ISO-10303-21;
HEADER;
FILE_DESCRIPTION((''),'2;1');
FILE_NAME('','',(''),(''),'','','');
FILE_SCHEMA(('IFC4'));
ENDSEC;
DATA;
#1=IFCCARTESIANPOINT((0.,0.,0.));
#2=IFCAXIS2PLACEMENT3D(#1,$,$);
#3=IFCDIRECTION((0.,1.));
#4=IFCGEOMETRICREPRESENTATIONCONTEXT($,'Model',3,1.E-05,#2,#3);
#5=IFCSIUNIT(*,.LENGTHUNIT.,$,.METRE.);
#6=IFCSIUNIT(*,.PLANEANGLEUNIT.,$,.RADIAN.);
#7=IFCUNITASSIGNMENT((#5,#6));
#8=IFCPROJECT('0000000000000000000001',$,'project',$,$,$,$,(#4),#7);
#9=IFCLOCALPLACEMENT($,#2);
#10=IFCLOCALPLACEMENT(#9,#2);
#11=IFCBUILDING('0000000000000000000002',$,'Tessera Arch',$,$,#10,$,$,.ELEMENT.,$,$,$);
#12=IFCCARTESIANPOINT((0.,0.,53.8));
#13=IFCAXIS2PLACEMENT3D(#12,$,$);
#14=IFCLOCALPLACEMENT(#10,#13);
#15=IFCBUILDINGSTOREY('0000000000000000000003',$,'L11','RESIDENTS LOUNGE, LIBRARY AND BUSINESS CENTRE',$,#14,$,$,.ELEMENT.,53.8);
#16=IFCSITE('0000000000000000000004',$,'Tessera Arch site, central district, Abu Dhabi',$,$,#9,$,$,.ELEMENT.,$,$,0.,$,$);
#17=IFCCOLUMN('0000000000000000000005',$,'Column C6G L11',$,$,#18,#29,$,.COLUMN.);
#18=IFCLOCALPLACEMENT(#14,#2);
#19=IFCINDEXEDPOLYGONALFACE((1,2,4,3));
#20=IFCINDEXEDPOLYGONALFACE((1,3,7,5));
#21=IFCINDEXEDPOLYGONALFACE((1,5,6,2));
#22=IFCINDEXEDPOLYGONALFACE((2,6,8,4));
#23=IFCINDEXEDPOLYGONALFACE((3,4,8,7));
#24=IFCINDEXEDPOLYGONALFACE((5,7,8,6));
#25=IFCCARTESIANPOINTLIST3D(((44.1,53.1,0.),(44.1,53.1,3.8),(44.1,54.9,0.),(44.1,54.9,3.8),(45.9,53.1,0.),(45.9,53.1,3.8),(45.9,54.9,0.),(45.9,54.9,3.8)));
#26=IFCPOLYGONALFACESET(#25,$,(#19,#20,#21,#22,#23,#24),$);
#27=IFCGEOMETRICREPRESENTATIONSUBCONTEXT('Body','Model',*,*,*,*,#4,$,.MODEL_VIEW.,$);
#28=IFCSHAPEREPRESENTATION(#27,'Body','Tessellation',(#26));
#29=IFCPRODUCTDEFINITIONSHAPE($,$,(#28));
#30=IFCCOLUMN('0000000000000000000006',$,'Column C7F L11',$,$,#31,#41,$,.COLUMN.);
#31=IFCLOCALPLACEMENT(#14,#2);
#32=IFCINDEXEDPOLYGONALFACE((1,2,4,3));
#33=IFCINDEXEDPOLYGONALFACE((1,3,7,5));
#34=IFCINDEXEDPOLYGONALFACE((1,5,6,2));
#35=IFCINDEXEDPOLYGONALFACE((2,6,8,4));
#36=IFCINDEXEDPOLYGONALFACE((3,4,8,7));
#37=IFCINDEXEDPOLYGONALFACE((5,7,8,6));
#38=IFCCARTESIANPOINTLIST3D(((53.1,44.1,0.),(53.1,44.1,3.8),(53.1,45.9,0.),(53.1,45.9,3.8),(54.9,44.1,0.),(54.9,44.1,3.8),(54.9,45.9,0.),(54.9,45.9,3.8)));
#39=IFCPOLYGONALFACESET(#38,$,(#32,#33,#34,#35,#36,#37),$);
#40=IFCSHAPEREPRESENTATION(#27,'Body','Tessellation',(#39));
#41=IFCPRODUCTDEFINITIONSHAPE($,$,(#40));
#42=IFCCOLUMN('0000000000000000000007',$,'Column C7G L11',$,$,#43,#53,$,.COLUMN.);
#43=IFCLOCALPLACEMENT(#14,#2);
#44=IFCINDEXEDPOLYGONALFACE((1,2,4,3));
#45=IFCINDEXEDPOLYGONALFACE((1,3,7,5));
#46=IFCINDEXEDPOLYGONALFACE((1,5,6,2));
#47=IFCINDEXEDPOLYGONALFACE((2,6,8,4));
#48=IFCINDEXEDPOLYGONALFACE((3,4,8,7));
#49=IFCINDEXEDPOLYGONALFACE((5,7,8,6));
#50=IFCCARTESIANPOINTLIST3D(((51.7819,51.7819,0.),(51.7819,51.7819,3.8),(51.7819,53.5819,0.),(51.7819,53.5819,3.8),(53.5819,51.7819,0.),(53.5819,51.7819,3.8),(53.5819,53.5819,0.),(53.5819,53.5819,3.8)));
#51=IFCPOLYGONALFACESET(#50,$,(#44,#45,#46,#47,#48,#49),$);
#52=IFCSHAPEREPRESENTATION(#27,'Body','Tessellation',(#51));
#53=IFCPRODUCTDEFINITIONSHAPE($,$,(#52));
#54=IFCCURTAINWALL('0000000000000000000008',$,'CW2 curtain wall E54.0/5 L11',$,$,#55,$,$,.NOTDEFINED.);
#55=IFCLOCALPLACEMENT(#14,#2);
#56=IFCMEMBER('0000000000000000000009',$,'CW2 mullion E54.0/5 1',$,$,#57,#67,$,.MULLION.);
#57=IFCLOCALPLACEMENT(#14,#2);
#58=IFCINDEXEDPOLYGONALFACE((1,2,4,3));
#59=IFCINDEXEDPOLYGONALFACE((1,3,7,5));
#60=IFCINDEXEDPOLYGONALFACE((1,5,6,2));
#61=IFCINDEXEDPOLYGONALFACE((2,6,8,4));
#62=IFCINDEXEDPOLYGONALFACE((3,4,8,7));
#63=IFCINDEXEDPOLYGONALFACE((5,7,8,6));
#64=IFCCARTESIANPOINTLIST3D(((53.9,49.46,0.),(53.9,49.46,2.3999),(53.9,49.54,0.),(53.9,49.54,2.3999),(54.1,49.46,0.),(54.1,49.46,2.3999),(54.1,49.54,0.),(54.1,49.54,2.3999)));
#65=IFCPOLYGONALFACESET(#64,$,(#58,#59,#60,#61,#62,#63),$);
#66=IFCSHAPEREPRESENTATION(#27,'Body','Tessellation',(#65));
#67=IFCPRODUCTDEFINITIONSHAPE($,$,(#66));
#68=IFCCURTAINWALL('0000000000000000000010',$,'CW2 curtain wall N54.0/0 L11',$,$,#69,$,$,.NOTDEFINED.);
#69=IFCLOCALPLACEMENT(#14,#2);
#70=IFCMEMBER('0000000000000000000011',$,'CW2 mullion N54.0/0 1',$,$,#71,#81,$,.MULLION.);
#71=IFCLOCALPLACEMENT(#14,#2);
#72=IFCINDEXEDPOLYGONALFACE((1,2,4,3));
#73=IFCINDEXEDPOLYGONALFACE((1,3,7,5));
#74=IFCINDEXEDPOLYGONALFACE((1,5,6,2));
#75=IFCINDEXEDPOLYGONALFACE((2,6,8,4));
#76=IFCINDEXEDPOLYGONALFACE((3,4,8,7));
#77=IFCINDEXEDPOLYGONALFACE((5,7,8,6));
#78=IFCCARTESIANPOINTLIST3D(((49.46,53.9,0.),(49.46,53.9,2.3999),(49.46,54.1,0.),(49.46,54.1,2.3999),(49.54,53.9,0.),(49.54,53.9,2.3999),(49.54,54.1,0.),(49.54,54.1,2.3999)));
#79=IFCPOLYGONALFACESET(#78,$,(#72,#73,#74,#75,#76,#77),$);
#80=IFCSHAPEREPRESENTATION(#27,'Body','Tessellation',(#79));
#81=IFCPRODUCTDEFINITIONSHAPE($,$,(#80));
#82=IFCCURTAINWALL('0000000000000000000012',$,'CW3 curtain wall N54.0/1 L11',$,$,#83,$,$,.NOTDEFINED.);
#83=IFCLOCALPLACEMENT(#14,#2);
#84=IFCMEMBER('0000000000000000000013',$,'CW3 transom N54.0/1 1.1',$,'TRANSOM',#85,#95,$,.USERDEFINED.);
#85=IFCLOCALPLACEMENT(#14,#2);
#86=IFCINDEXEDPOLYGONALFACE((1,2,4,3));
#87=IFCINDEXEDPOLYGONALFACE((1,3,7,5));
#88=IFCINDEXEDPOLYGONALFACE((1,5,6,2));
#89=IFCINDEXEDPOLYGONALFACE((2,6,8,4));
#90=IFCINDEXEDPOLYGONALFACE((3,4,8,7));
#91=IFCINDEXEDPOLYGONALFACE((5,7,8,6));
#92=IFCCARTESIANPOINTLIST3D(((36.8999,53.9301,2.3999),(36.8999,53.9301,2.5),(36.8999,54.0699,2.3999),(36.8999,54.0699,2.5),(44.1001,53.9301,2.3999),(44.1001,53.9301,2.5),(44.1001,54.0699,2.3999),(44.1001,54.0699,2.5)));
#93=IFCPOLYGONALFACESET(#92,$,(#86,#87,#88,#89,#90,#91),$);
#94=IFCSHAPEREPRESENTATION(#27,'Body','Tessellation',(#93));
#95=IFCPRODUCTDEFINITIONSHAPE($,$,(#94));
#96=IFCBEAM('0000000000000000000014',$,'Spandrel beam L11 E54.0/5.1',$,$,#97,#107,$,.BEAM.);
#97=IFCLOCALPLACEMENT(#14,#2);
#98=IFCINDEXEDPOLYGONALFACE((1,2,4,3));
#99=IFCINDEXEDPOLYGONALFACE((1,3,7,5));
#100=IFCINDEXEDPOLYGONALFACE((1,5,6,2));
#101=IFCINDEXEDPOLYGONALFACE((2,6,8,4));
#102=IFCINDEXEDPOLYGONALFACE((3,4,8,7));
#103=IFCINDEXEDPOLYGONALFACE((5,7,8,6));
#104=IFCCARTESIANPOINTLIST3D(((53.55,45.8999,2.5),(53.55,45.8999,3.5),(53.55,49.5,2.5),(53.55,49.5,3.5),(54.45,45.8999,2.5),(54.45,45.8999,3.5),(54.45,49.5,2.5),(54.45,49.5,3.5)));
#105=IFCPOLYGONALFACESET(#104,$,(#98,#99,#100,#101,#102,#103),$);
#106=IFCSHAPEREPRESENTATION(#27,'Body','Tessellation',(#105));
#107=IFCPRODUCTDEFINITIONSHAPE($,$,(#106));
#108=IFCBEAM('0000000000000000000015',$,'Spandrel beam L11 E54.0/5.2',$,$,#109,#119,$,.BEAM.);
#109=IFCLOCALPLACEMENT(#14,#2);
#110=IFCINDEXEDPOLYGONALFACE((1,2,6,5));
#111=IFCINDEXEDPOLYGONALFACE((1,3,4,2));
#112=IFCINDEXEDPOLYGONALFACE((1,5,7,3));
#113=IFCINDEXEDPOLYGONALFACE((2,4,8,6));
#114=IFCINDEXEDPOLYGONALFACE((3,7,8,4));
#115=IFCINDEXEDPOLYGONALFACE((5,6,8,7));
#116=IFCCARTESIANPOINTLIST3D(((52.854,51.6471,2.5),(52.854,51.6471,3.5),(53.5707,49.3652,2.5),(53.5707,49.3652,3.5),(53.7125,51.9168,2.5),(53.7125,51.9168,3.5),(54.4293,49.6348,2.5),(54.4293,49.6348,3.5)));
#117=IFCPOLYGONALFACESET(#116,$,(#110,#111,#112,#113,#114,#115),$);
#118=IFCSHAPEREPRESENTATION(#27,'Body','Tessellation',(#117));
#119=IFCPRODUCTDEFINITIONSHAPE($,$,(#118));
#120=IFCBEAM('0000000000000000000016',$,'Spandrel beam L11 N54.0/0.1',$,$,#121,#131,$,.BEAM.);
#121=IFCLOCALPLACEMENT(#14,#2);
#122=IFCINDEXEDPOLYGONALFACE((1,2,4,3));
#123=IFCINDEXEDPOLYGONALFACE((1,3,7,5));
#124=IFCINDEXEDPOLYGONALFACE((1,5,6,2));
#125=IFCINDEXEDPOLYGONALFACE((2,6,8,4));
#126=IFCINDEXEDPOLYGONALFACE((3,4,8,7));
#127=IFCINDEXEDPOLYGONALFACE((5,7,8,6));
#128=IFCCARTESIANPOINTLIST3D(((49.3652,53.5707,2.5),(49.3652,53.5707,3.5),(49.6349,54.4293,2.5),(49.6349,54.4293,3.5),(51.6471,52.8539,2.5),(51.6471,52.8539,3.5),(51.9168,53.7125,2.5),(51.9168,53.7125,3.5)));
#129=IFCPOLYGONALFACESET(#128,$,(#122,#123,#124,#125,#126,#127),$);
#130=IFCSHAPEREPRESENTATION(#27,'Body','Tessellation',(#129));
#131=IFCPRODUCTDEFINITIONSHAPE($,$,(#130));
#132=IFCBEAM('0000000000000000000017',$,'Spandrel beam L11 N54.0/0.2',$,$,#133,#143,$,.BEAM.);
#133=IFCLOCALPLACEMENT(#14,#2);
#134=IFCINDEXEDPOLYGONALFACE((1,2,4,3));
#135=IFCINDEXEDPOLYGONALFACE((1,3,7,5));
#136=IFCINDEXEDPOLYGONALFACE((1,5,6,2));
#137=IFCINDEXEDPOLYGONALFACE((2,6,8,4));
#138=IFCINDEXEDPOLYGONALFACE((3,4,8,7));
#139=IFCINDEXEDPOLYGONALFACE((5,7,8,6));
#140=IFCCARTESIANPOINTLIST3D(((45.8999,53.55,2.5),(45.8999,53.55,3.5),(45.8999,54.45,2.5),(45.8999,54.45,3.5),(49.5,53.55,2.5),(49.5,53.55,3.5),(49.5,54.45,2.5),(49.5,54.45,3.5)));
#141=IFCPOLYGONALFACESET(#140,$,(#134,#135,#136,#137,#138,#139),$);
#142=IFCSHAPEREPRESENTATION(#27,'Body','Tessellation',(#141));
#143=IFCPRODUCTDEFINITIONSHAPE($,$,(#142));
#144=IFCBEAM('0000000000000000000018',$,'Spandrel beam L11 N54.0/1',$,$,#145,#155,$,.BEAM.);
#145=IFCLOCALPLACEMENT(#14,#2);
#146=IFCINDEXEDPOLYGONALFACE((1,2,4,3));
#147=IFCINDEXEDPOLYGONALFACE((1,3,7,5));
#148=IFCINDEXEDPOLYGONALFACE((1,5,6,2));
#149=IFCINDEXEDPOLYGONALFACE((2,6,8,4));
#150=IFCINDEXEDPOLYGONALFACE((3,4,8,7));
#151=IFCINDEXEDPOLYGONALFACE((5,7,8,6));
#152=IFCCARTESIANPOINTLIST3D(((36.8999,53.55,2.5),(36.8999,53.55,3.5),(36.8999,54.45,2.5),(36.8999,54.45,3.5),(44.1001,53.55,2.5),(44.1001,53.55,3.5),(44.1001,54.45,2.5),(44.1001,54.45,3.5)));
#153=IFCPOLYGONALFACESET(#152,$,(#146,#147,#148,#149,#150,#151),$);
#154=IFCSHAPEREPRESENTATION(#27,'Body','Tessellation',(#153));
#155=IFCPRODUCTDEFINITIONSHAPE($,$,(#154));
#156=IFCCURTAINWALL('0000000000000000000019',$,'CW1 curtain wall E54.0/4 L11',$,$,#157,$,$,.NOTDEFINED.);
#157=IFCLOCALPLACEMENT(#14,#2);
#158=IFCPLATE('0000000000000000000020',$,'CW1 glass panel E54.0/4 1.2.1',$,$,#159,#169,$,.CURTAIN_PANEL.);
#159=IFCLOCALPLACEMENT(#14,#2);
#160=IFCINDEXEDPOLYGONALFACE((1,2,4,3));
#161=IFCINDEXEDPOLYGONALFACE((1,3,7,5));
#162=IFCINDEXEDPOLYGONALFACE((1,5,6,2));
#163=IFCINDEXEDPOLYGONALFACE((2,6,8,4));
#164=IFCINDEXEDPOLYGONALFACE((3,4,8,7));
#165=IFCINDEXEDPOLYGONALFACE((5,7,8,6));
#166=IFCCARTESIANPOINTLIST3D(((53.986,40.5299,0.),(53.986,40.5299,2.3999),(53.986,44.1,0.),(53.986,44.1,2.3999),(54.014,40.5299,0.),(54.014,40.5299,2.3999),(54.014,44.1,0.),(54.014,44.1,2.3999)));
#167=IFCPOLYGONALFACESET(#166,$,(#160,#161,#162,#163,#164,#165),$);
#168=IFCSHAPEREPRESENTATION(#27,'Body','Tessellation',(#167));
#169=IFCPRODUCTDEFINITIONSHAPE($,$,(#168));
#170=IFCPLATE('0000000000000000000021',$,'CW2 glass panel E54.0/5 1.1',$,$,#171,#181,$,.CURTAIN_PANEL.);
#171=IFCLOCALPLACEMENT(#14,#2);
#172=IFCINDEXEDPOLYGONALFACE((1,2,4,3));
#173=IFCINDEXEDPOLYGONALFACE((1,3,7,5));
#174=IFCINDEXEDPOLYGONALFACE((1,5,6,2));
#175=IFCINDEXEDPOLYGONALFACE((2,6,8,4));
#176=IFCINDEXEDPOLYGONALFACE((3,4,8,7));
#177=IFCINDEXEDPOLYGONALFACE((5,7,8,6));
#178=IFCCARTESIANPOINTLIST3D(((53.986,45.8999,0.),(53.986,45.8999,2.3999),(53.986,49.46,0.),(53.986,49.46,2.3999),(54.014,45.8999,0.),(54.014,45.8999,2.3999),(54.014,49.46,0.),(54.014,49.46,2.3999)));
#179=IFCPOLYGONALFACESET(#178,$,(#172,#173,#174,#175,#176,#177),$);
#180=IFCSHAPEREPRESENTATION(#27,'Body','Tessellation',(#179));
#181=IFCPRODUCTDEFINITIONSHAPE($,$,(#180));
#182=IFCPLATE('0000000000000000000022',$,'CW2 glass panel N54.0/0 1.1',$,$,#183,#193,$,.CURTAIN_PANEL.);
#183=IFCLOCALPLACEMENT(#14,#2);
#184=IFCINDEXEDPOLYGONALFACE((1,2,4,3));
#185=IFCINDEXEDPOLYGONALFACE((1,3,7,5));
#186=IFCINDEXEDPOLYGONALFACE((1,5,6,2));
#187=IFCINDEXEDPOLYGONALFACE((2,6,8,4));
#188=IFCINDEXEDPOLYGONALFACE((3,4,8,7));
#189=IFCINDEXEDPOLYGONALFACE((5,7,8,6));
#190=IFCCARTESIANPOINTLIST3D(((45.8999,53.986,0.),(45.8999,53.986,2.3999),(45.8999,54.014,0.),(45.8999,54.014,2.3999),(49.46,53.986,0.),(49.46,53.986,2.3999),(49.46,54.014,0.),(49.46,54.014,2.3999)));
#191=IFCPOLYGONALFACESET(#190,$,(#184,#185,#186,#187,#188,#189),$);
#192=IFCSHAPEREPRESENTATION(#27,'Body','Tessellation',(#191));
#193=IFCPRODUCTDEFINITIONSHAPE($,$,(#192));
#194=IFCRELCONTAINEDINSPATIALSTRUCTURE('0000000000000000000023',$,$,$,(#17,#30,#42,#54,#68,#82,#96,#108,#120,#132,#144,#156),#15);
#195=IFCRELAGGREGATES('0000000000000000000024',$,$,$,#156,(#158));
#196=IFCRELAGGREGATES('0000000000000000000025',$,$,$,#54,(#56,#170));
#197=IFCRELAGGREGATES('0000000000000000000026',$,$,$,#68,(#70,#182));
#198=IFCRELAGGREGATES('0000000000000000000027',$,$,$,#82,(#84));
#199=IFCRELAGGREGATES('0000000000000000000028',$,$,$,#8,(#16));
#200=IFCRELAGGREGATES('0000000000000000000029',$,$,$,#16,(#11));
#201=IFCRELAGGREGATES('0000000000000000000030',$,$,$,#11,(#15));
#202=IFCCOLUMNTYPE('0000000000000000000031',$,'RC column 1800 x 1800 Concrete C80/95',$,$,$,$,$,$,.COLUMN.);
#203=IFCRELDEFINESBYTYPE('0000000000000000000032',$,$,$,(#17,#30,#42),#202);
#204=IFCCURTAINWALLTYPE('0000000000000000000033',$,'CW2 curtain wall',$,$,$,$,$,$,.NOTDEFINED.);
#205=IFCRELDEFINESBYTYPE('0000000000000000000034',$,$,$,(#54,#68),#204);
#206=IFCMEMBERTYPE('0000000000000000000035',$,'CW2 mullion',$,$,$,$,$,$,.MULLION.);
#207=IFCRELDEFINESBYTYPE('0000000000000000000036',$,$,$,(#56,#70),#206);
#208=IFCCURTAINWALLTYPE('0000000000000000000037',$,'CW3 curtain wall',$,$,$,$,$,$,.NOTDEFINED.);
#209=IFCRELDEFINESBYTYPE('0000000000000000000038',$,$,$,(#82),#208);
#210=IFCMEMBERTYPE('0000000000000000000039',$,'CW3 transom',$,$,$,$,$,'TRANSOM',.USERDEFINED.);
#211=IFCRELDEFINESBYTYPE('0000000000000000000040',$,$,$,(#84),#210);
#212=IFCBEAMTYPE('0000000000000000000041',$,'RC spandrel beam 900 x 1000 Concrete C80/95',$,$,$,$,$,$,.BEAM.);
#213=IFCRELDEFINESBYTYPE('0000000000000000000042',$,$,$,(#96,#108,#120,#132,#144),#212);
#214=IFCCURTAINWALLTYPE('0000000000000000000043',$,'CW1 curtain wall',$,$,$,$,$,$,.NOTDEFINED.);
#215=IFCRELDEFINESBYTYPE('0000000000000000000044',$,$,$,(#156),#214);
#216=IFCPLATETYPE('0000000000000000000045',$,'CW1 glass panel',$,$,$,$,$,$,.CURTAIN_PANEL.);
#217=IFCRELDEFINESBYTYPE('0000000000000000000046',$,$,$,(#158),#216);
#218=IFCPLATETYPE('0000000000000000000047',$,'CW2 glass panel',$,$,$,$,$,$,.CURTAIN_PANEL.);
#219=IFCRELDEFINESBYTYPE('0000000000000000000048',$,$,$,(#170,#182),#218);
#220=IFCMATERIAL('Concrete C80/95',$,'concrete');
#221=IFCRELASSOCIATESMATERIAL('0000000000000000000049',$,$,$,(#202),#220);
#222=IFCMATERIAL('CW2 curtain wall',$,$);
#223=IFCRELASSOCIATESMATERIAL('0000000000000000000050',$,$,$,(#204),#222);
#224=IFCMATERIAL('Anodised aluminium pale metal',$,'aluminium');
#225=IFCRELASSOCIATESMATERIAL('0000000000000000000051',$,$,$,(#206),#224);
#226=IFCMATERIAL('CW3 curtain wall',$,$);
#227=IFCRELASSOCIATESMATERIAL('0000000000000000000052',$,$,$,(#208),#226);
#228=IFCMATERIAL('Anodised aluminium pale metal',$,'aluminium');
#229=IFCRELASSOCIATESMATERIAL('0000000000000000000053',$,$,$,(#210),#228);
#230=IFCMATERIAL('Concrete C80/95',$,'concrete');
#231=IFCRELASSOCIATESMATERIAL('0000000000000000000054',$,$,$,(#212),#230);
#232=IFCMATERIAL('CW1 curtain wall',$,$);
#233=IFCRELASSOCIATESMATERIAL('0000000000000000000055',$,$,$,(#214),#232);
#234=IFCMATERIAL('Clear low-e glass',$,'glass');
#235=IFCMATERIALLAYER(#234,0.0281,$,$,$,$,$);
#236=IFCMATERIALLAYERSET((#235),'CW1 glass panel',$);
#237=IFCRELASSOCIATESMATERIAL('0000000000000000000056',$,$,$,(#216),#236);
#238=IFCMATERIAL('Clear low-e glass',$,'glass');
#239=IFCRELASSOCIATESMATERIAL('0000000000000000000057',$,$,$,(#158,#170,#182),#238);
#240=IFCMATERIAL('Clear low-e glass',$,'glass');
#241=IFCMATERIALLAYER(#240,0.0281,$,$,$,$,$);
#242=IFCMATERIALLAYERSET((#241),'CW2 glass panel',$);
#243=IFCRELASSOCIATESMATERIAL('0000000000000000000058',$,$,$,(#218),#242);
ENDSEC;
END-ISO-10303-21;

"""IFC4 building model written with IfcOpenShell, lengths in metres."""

from ifc_helpers import new_model, si_unit, direction, frame, origin, origin_2d, place, context, subcontext, project, spatial, rectangle, extrude, material, layer, layer_set, material_profile, profile_set, type_object, element, aggregate, save


model = new_model("IFC4")

# Units and contexts
model_context = context("Model", 3, precision=1e-05, world=origin(), true_north=direction((0.0, 1.0)))
body_context = subcontext(model_context, "Body", "Model", "MODEL_VIEW")
ifc_project = project(units=[si_unit("LENGTHUNIT", "METRE"), si_unit("PLANEANGLEUNIT", "RADIAN")], contexts=[model_context])

# Site, building, storey
site_placement = place(None, origin())
site = spatial("IfcSite", under=ifc_project, at=site_placement, Name="Tessera Arch site, central district, Abu Dhabi", CompositionType="ELEMENT", RefElevation=0.0)
building_placement = place(site_placement, origin())
building = spatial("IfcBuilding", under=site, at=building_placement, Name="Tessera Arch", CompositionType="ELEMENT")
storey_placement = place(building_placement, frame((0.0, 0.0, 53.8)))
storey = spatial("IfcBuildingStorey", under=building, at=storey_placement, Name="L11", Description="RESIDENTS LOUNGE, LIBRARY AND BUSINESS CENTRE", CompositionType="ELEMENT", Elevation=53.8)

# Columns
ifc_material_1 = material(Name="Concrete C80/95", Category="concrete")
ifc_material_profile_1 = material_profile(ifc_material_1, rectangle(XDim=1.8, YDim=1.8, at=origin_2d()), Name="RC column 1800 x 1800 Concrete C80/95")
ifc_profile_set_1 = profile_set([ifc_material_profile_1], Name="Concrete C80/95")
column_type = type_object("IfcColumnType", Name="RC column 1800 x 1800 Concrete C80/95", PredefinedType="COLUMN", material=ifc_profile_set_1)
for number, where, z_axis, x_axis, name in (
    (1, (45.0, 54.0, 0.0), (0.0, 0.0, 1.0), (1.0, 0.0, 0.0), "Column C6G L11"),
    (2, (54.0, 45.0, 0.0), (0.0, 0.0, 1.0), (1.0, 0.0, 0.0), "Column C7F L11"),
    (3, (52.6819, 52.6819, 0.0), (0.0, 0.0, 1.0), (1.0, 0.0, 0.0), "Column C7G L11"),
):
    element("IfcColumn", number, at=place(storey_placement, frame(where, z_axis=z_axis, x_axis=x_axis)), inside=storey, type_object=column_type, Name=name, PredefinedType="COLUMN", context=body_context, shape_type="SweptSolid", body=[
        extrude(rectangle(XDim=1.8, YDim=1.8, at=origin_2d()), origin(), (0.0, 0.0, 1.0), 3.8),
    ])

# Curtain walls, members
ifc_material_2 = material(Name="CW2 curtain wall")
curtain_wall_type_1 = type_object("IfcCurtainWallType", Name="CW2 curtain wall", PredefinedType="NOTDEFINED", material=ifc_material_2)
curtain_wall_1_placement = place(storey_placement, origin())
curtain_wall_1 = element("IfcCurtainWall", 4, at=curtain_wall_1_placement, inside=storey, type_object=curtain_wall_type_1, Name="CW2 curtain wall E54.0/5 L11", PredefinedType="NOTDEFINED")
ifc_material_3 = material(Name="Anodised aluminium pale metal", Category="aluminium")
ifc_material_profile_2 = material_profile(ifc_material_3, rectangle(XDim=0.2, YDim=0.0801, at=origin_2d()), Name="AL 80x200")
ifc_profile_set_2 = profile_set([ifc_material_profile_2], Name="Anodised aluminium pale metal")
member_type_1 = type_object("IfcMemberType", Name="CW2 mullion", PredefinedType="MULLION", material=ifc_profile_set_2)
member_1_placement = place(storey_placement, frame((54.0, 49.5, 0.0), z_axis=(0.0, 0.0, 1.0), x_axis=(-1.0, 0.0, 0.0)))
member_1 = element("IfcMember", 5, at=member_1_placement, type_object=member_type_1, Name="CW2 mullion E54.0/5 1", PredefinedType="MULLION", context=body_context, shape_type="SweptSolid", body=[
    extrude(rectangle(XDim=0.2, YDim=0.0801, at=origin_2d()), origin(), (0.0, 0.0, 1.0), 2.3999),
])
curtain_wall_2_placement = place(storey_placement, origin())
curtain_wall_2 = element("IfcCurtainWall", 6, at=curtain_wall_2_placement, inside=storey, type_object=curtain_wall_type_1, Name="CW2 curtain wall N54.0/0 L11", PredefinedType="NOTDEFINED")
member_2_placement = place(storey_placement, frame((49.5, 54.0, 0.0), z_axis=(0.0, 0.0, 1.0), x_axis=(0.0, -1.0, 0.0)))
member_2 = element("IfcMember", 7, at=member_2_placement, type_object=member_type_1, Name="CW2 mullion N54.0/0 1", PredefinedType="MULLION", context=body_context, shape_type="SweptSolid", body=[
    extrude(rectangle(XDim=0.2, YDim=0.0801, at=origin_2d()), origin(), (0.0, 0.0, 1.0), 2.3999),
])
ifc_material_4 = material(Name="CW3 curtain wall")
curtain_wall_type_2 = type_object("IfcCurtainWallType", Name="CW3 curtain wall", PredefinedType="NOTDEFINED", material=ifc_material_4)
curtain_wall_3_placement = place(storey_placement, origin())
curtain_wall_3 = element("IfcCurtainWall", 8, at=curtain_wall_3_placement, inside=storey, type_object=curtain_wall_type_2, Name="CW3 curtain wall N54.0/1 L11", PredefinedType="NOTDEFINED")
ifc_material_5 = material(Name="Anodised aluminium pale metal", Category="aluminium")
ifc_material_profile_3 = material_profile(ifc_material_5, rectangle(XDim=0.1399, YDim=0.1001, at=origin_2d()), Name="AL 140x100")
ifc_profile_set_3 = profile_set([ifc_material_profile_3], Name="Anodised aluminium pale metal")
member_type_2 = type_object("IfcMemberType", Name="CW3 transom", ElementType="TRANSOM", PredefinedType="USERDEFINED", material=ifc_profile_set_3)
member_3_placement = place(storey_placement, frame((44.1001, 54.0, 2.45), z_axis=(-1.0, 0.0, 0.0), x_axis=(0.0, -1.0, 0.0)))
member_3 = element("IfcMember", 9, at=member_3_placement, type_object=member_type_2, Name="CW3 transom N54.0/1 1.1", ObjectType="TRANSOM", PredefinedType="USERDEFINED", context=body_context, shape_type="SweptSolid", body=[
    extrude(rectangle(XDim=0.1399, YDim=0.1001, at=origin_2d()), origin(), (0.0, 0.0, 1.0), 7.2002),
])

# Beams
ifc_material_6 = material(Name="Concrete C80/95", Category="concrete")
ifc_material_profile_4 = material_profile(ifc_material_6, rectangle(XDim=0.8999, YDim=1.0, at=origin_2d()), Name="RC spandrel beam 900 x 1000 Concrete C80/95")
ifc_profile_set_4 = profile_set([ifc_material_profile_4], Name="Concrete C80/95")
beam_type = type_object("IfcBeamType", Name="RC spandrel beam 900 x 1000 Concrete C80/95", PredefinedType="BEAM", material=ifc_profile_set_4)
beam_1_placement = place(storey_placement, frame((54.0, 45.8999, 3.0), z_axis=(0.0, 1.0, 0.0), x_axis=(-1.0, 0.0, 0.0)))
element("IfcBeam", 10, at=beam_1_placement, inside=storey, type_object=beam_type, Name="Spandrel beam L11 E54.0/5.1", PredefinedType="BEAM", context=body_context, shape_type="SweptSolid", body=[
    extrude(rectangle(XDim=0.8999, YDim=1.0, at=origin_2d()), origin(), (0.0, 0.0, 1.0), 3.6001),
])
for number, where, z_axis, x_axis, name in (
    (11, (54.0, 49.5, 3.0), (-0.299675, 0.954041, 0.0), (-0.954041, -0.299675, 0.0), "Spandrel beam L11 E54.0/5.2"),
    (12, (51.782, 53.2832, 3.0), (-0.954041, 0.299675, 0.0), (-0.299675, -0.954041, 0.0), "Spandrel beam L11 N54.0/0.1"),
):
    element("IfcBeam", number, at=place(storey_placement, frame(where, z_axis=z_axis, x_axis=x_axis)), inside=storey, type_object=beam_type, Name=name, PredefinedType="BEAM", context=body_context, shape_type="SweptSolid", body=[
        extrude(rectangle(XDim=0.8999, YDim=1.0, at=origin_2d()), origin(), (0.0, 0.0, 1.0), 2.3918),
    ])
beam_2_placement = place(storey_placement, frame((49.5, 54.0, 3.0), z_axis=(-1.0, 0.0, 0.0), x_axis=(0.0, -1.0, 0.0)))
element("IfcBeam", 13, at=beam_2_placement, inside=storey, type_object=beam_type, Name="Spandrel beam L11 N54.0/0.2", PredefinedType="BEAM", context=body_context, shape_type="SweptSolid", body=[
    extrude(rectangle(XDim=0.8999, YDim=1.0, at=origin_2d()), origin(), (0.0, 0.0, 1.0), 3.6001),
])
beam_3_placement = place(storey_placement, frame((44.1001, 54.0, 3.0), z_axis=(-1.0, 0.0, 0.0), x_axis=(0.0, -1.0, 0.0)))
element("IfcBeam", 14, at=beam_3_placement, inside=storey, type_object=beam_type, Name="Spandrel beam L11 N54.0/1", PredefinedType="BEAM", context=body_context, shape_type="SweptSolid", body=[
    extrude(rectangle(XDim=0.8999, YDim=1.0, at=origin_2d()), origin(), (0.0, 0.0, 1.0), 7.2002),
])

# Curtain wall, plate
ifc_material_7 = material(Name="CW1 curtain wall")
curtain_wall_type_3 = type_object("IfcCurtainWallType", Name="CW1 curtain wall", PredefinedType="NOTDEFINED", material=ifc_material_7)
curtain_wall_4_placement = place(storey_placement, origin())
curtain_wall_4 = element("IfcCurtainWall", 15, at=curtain_wall_4_placement, inside=storey, type_object=curtain_wall_type_3, Name="CW1 curtain wall E54.0/4 L11", PredefinedType="NOTDEFINED")
ifc_material_8 = material(Name="Clear low-e glass", Category="glass")
ifc_material_9 = material(Name="Clear low-e glass", Category="glass")
ifc_layer_1 = layer(ifc_material_9, 0.0281)
ifc_layer_set_1 = layer_set([ifc_layer_1], Name="CW1 glass panel")
plate_type_1 = type_object("IfcPlateType", Name="CW1 glass panel", PredefinedType="CURTAIN_PANEL", material=ifc_layer_set_1)
plate_1_placement = place(storey_placement, frame((54.0, 42.3149, 0.0), z_axis=(0.0, 0.0, 1.0), x_axis=(0.0, 1.0, 0.0)))
plate_1 = element("IfcPlate", 16, at=plate_1_placement, type_object=plate_type_1, material=ifc_material_8, Name="CW1 glass panel E54.0/4 1.2.1", PredefinedType="CURTAIN_PANEL", context=body_context, shape_type="SweptSolid", body=[
    extrude(rectangle(XDim=3.5701, YDim=0.0281, at=origin_2d()), origin(), (0.0, 0.0, 1.0), 2.3999),
])
aggregate(curtain_wall_4, [plate_1])

# Plates
ifc_material_10 = material(Name="Clear low-e glass", Category="glass")
ifc_layer_2 = layer(ifc_material_10, 0.0281)
ifc_layer_set_2 = layer_set([ifc_layer_2], Name="CW2 glass panel")
plate_type_2 = type_object("IfcPlateType", Name="CW2 glass panel", PredefinedType="CURTAIN_PANEL", material=ifc_layer_set_2)
plate_2_placement = place(storey_placement, frame((54.0, 47.6799, 0.0), z_axis=(0.0, 0.0, 1.0), x_axis=(0.0, 1.0, 0.0)))
plate_2 = element("IfcPlate", 17, at=plate_2_placement, type_object=plate_type_2, material=ifc_material_8, Name="CW2 glass panel E54.0/5 1.1", PredefinedType="CURTAIN_PANEL", context=body_context, shape_type="SweptSolid", body=[
    extrude(rectangle(XDim=3.5601, YDim=0.0281, at=origin_2d()), origin(), (0.0, 0.0, 1.0), 2.3999),
])
aggregate(curtain_wall_1, [member_1, plate_2])
plate_3_placement = place(storey_placement, frame((47.6799, 54.0, 0.0), z_axis=(0.0, 0.0, 1.0), x_axis=(-1.0, 0.0, 0.0)))
plate_3 = element("IfcPlate", 18, at=plate_3_placement, type_object=plate_type_2, material=ifc_material_8, Name="CW2 glass panel N54.0/0 1.1", PredefinedType="CURTAIN_PANEL", context=body_context, shape_type="SweptSolid", body=[
    extrude(rectangle(XDim=3.5601, YDim=0.0281, at=origin_2d()), origin(), (0.0, 0.0, 1.0), 2.3999),
])
aggregate(curtain_wall_2, [member_2, plate_3])
aggregate(curtain_wall_3, [member_3])

save(model, "model.ifc")
